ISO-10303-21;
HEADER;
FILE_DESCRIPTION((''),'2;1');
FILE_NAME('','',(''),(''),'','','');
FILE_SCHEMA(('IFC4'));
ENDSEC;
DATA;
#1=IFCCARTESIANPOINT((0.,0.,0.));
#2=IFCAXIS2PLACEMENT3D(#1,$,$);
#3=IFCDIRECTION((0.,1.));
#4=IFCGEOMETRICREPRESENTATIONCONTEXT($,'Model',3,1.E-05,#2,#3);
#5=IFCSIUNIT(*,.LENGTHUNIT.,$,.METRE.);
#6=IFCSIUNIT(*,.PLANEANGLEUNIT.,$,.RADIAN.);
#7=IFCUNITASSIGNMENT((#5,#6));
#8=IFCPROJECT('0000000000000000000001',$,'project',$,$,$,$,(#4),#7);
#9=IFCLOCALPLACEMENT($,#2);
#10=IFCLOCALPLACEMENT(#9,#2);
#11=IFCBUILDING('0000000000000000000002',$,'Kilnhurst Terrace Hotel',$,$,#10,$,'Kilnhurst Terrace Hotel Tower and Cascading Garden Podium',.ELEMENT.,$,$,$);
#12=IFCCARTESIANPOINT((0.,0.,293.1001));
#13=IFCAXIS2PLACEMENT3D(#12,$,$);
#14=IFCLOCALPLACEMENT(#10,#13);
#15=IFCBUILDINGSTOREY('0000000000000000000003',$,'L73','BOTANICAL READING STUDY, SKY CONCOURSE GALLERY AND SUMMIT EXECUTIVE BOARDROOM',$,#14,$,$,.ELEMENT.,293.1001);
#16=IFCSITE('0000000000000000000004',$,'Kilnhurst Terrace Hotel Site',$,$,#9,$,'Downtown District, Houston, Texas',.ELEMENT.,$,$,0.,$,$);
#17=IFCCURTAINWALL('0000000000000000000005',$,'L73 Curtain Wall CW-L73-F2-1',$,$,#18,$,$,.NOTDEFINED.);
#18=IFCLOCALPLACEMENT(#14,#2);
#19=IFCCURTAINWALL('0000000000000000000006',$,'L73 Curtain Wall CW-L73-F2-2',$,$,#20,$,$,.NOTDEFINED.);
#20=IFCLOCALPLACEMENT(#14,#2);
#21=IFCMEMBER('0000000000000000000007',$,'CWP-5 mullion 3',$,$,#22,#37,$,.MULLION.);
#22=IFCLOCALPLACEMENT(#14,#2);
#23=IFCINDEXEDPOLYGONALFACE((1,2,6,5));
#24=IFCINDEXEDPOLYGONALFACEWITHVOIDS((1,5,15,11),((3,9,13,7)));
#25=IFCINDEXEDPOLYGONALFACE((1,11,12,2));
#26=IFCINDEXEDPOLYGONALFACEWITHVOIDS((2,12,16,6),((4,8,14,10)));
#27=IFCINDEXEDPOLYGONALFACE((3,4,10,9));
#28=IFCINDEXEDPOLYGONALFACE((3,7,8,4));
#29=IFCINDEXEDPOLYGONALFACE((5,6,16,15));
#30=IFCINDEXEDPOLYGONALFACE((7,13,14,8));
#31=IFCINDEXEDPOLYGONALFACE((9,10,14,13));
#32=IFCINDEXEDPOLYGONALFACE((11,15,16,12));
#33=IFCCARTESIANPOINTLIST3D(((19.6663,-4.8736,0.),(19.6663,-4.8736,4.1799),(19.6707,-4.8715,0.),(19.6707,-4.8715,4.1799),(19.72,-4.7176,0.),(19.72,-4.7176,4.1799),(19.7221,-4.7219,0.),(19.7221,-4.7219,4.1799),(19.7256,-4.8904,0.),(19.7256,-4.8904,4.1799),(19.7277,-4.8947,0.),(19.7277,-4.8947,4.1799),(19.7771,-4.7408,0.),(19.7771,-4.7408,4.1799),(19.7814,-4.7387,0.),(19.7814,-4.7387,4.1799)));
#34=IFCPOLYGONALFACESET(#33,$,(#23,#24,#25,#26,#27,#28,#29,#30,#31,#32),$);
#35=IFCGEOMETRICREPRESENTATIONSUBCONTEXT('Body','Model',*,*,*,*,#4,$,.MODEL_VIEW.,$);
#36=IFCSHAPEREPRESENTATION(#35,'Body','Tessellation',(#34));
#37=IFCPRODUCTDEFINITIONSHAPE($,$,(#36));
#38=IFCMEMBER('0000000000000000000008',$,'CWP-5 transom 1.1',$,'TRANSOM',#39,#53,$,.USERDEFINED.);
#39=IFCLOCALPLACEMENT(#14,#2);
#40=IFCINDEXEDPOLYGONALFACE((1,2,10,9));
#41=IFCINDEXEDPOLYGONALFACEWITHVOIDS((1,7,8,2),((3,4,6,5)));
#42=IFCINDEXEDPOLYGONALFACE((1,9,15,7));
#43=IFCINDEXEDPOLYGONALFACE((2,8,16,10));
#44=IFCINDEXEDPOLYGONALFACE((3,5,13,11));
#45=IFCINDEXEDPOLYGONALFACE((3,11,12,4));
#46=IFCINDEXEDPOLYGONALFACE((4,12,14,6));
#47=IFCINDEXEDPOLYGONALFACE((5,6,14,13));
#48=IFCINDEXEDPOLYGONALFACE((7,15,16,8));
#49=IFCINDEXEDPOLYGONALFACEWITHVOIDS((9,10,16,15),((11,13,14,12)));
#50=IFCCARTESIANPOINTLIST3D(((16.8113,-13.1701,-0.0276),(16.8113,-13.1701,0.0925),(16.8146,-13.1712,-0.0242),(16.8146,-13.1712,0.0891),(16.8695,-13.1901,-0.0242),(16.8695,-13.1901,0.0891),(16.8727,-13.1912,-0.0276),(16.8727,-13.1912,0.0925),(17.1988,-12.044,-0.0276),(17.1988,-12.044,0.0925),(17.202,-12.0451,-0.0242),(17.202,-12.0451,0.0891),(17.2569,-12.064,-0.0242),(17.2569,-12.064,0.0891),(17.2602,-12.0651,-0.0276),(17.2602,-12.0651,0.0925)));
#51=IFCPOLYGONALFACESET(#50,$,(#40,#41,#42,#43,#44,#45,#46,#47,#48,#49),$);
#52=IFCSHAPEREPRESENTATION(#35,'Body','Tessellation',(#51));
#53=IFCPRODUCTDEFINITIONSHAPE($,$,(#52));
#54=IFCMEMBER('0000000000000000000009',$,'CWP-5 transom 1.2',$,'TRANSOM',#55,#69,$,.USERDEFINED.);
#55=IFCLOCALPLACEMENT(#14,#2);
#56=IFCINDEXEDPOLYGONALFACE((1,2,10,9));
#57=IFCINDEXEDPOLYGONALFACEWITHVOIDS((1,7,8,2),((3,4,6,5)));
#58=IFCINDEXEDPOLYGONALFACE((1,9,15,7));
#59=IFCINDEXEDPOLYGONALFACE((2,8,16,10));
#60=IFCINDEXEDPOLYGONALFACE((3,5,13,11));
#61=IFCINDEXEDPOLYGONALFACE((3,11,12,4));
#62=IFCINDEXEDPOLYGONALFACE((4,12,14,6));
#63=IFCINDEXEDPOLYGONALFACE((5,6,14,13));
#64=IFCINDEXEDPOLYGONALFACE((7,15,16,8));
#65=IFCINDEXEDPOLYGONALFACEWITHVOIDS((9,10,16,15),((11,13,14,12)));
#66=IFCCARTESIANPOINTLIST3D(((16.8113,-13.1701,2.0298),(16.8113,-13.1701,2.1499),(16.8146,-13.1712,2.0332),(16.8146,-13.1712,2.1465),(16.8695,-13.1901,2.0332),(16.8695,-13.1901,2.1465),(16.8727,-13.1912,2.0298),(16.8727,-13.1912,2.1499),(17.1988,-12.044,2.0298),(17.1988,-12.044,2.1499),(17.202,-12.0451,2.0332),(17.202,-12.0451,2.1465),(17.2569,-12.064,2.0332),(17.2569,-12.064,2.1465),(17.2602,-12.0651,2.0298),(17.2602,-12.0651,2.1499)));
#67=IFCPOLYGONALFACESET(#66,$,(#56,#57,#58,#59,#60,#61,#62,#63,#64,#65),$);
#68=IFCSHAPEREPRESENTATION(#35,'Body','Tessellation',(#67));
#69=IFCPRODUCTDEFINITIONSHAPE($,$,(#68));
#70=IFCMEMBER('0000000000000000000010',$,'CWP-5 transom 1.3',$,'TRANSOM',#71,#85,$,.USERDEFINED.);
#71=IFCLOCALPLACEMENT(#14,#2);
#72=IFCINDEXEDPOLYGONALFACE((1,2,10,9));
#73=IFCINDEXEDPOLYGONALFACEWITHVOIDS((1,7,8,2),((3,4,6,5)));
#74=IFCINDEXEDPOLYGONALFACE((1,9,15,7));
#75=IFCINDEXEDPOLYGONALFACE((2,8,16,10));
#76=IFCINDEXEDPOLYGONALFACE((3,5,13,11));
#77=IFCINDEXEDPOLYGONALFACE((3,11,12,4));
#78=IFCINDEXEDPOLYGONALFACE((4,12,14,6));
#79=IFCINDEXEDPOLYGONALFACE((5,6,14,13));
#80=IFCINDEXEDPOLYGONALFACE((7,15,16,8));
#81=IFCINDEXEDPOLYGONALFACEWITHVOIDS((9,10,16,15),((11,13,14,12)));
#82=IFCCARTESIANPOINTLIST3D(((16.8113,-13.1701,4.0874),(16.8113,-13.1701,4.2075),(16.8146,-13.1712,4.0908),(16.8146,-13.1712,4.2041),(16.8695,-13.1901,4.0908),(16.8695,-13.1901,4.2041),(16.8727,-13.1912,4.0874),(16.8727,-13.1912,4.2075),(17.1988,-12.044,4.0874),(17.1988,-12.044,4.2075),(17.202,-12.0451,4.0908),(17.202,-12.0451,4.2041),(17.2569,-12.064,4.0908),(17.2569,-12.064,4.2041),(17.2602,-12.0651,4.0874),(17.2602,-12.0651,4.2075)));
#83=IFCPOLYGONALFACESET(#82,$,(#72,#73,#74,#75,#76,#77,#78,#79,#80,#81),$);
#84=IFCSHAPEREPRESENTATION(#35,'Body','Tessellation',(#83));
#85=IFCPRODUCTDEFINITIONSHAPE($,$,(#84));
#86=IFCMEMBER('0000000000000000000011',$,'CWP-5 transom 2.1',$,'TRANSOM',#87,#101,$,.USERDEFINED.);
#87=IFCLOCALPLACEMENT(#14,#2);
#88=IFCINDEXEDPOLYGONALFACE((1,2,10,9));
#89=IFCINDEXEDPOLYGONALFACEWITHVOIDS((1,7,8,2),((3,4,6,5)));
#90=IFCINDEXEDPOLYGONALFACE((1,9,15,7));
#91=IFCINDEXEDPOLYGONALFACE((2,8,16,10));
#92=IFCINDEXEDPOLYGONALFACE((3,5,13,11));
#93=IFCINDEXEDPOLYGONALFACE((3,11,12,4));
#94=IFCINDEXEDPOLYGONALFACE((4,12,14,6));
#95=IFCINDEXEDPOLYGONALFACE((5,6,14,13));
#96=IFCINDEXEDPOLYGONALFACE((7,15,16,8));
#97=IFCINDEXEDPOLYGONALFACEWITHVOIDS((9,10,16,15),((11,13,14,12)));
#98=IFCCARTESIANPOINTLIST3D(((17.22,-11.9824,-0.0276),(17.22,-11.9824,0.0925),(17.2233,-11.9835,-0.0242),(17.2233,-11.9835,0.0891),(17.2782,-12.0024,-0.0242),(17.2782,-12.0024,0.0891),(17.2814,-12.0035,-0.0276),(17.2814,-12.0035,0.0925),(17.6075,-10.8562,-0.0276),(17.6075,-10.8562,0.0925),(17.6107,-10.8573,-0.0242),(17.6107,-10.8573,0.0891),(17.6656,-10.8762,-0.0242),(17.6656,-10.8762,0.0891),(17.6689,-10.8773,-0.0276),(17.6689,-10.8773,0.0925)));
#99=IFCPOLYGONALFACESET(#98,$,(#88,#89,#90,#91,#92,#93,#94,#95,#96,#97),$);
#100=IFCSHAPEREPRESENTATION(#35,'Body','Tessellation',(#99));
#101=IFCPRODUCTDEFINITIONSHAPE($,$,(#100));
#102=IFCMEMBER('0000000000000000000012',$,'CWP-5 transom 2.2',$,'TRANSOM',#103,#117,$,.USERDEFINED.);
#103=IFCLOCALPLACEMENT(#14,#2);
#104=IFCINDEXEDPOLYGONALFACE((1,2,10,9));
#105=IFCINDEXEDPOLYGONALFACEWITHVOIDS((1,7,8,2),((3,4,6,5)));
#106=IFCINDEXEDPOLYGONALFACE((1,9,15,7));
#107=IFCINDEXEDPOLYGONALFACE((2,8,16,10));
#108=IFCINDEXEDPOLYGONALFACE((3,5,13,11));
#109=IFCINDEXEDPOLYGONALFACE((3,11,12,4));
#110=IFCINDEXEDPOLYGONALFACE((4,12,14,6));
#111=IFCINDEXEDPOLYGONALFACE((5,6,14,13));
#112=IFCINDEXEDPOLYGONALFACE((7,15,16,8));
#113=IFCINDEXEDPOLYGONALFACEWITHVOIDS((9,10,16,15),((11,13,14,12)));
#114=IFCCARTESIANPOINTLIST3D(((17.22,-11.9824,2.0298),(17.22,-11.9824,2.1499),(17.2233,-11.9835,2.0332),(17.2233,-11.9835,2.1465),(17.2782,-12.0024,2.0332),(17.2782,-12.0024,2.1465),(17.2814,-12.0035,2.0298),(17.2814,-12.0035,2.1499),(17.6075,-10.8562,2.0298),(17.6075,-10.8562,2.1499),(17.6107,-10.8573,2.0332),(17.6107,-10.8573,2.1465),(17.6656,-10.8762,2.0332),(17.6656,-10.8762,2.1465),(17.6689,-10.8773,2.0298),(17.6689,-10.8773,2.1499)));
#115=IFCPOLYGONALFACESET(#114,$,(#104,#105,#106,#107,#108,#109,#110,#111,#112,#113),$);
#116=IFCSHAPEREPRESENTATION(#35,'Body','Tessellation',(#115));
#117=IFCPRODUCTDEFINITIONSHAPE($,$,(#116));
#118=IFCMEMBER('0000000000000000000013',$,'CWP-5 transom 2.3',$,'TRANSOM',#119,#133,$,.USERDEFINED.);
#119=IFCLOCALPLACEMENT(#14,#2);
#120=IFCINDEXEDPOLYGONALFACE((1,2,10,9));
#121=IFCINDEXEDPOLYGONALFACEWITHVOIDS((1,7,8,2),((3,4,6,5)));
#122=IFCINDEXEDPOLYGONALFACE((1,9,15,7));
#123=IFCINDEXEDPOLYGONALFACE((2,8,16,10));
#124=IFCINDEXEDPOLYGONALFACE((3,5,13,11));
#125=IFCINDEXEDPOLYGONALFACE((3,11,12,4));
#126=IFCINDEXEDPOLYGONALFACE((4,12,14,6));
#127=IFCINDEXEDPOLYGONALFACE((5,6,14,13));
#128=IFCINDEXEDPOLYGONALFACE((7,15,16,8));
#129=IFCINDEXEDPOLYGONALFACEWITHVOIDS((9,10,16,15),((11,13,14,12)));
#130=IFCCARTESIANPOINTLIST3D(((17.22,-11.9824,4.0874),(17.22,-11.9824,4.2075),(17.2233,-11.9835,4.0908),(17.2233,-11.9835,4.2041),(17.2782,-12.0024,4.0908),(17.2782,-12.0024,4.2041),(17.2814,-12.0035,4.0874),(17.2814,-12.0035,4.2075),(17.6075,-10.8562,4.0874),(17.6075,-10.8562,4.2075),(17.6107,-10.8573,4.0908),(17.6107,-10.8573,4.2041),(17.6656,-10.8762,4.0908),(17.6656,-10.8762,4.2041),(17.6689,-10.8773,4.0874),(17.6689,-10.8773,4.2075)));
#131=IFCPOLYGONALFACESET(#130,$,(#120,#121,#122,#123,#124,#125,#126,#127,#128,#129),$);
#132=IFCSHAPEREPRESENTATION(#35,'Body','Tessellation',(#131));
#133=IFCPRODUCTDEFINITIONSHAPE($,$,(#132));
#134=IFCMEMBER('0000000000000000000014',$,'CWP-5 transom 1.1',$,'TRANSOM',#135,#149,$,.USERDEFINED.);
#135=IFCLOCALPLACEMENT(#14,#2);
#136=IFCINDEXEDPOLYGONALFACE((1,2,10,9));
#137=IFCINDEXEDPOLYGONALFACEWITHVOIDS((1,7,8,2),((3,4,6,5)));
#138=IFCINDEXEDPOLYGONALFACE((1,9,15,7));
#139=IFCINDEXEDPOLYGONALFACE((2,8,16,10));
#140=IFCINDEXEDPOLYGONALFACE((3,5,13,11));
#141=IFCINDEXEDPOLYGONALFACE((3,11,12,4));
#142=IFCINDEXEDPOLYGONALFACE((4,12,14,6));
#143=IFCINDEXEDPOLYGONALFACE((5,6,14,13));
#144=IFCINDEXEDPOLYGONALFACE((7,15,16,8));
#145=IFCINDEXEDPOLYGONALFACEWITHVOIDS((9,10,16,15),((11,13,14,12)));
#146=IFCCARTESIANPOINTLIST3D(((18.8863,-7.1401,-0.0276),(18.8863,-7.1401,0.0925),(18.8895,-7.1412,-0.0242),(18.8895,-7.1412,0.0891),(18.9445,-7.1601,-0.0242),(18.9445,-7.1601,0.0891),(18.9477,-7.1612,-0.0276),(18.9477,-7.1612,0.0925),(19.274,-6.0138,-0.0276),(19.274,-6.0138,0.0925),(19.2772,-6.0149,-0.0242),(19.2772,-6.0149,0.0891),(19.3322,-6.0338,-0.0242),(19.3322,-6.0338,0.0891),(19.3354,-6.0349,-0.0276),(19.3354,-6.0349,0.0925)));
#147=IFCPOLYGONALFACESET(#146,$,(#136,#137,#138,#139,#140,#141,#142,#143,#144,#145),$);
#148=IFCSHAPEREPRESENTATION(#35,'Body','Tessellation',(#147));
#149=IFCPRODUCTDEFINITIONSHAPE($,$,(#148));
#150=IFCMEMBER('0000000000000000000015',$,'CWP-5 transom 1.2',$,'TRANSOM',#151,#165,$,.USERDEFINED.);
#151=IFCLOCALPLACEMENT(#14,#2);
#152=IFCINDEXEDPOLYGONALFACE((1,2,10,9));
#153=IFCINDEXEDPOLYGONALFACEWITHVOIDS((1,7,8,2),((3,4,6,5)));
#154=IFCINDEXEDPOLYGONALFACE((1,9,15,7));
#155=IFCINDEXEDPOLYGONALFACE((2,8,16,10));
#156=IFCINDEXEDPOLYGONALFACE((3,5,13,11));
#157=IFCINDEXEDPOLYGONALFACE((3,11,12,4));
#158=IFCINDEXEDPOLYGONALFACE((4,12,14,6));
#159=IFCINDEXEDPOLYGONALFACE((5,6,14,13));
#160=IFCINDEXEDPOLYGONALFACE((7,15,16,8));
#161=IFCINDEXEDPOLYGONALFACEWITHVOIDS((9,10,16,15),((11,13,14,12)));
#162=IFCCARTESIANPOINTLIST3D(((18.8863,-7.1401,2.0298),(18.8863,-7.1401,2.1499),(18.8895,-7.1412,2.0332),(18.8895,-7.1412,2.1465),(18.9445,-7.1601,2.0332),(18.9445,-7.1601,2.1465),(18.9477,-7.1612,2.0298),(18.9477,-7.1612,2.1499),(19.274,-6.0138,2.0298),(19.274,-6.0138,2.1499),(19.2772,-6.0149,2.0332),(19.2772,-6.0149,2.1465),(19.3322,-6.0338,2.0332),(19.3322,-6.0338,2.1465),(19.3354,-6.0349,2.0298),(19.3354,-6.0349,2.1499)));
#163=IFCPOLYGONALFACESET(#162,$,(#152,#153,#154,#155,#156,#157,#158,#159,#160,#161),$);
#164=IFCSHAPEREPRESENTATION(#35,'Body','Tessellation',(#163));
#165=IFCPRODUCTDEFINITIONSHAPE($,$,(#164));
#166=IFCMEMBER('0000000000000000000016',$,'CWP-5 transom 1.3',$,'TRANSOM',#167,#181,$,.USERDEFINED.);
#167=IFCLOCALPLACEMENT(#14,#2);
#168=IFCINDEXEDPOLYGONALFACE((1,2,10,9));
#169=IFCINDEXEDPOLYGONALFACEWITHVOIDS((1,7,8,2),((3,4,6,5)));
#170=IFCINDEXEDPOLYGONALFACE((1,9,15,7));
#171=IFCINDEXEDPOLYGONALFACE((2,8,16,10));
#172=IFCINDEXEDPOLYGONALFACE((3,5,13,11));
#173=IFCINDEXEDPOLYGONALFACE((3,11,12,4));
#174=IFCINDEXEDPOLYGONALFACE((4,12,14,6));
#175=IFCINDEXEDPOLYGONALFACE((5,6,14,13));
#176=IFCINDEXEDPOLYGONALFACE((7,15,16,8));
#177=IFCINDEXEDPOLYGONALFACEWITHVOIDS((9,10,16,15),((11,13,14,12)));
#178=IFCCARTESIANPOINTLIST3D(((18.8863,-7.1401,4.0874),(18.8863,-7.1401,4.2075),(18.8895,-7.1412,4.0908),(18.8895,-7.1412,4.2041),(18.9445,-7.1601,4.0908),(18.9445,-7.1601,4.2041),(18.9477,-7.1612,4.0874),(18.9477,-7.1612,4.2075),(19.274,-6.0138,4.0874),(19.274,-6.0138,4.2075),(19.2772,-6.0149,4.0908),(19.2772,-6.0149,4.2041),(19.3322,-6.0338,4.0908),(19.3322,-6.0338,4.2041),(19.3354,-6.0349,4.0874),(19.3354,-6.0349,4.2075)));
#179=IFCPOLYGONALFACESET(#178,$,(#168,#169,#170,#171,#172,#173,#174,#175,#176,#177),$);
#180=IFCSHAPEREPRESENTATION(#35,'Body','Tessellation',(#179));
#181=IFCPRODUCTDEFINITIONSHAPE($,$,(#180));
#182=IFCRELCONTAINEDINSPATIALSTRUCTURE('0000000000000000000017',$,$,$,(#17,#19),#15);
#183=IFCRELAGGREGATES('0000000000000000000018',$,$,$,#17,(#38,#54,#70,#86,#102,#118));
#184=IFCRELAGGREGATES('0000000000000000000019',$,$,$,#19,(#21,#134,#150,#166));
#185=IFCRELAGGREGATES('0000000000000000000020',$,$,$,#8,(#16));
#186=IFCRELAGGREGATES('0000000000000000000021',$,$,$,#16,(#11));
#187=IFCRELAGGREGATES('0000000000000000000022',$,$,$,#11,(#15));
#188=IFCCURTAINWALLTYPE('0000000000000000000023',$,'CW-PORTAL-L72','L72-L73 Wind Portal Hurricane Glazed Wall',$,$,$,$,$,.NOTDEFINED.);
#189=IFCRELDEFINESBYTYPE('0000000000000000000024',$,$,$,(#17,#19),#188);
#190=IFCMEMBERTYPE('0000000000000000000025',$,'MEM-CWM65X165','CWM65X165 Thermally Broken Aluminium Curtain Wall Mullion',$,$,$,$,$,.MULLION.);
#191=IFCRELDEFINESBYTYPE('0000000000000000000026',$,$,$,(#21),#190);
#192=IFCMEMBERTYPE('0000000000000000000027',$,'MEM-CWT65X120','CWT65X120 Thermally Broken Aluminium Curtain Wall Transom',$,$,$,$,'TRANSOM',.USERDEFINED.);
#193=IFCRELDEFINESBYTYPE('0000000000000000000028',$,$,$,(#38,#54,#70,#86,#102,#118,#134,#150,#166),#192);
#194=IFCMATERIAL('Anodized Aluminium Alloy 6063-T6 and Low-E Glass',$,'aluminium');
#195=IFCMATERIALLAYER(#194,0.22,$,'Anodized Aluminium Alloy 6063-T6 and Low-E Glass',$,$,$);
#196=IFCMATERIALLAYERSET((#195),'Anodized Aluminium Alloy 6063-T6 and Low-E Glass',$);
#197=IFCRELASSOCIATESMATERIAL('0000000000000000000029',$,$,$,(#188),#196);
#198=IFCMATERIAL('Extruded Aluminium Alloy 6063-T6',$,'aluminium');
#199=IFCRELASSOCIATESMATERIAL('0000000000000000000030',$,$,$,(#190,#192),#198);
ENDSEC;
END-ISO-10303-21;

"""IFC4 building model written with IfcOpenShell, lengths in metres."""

from ifc_helpers import new_model, si_unit, direction, frame, origin, origin_2d, place, context, subcontext, project, spatial, hollow_rectangle, extrude, material, layer, layer_set, material_profile, profile_set, type_object, element, aggregate, save


model = new_model("IFC4")

# Units and contexts
model_context = context("Model", 3, precision=1e-05, world=origin(), true_north=direction((0.0, 1.0)))
body_context = subcontext(model_context, "Body", "Model", "MODEL_VIEW")
ifc_project = project(units=[si_unit("LENGTHUNIT", "METRE"), si_unit("PLANEANGLEUNIT", "RADIAN")], contexts=[model_context])

# Site, building, storey
site_placement = place(None, origin())
site = spatial("IfcSite", under=ifc_project, at=site_placement, Name="Kilnhurst Terrace Hotel Site", LongName="Downtown District, Houston, Texas", CompositionType="ELEMENT", RefElevation=0.0)
building_placement = place(site_placement, origin())
building = spatial("IfcBuilding", under=site, at=building_placement, Name="Kilnhurst Terrace Hotel", LongName="Kilnhurst Terrace Hotel Tower and Cascading Garden Podium", CompositionType="ELEMENT")
storey_placement = place(building_placement, frame((0.0, 0.0, 293.1001)))
storey = spatial("IfcBuildingStorey", under=building, at=storey_placement, Name="L73", Description="BOTANICAL READING STUDY, SKY CONCOURSE GALLERY AND SUMMIT EXECUTIVE BOARDROOM", CompositionType="ELEMENT", Elevation=293.1001)

# Curtain walls, member
ifc_material_1 = material(Name="Anodized Aluminium Alloy 6063-T6 and Low-E Glass", Category="aluminium")
ifc_layer_1 = layer(ifc_material_1, 0.22, Name="Anodized Aluminium Alloy 6063-T6 and Low-E Glass")
ifc_layer_set_1 = layer_set([ifc_layer_1], Name="Anodized Aluminium Alloy 6063-T6 and Low-E Glass")
curtain_wall_type = type_object("IfcCurtainWallType", Name="CW-PORTAL-L72", Description="L72-L73 Wind Portal Hurricane Glazed Wall", PredefinedType="NOTDEFINED", material=ifc_layer_set_1)
curtain_wall_1_placement = place(storey_placement, origin())
curtain_wall_1 = element("IfcCurtainWall", 1, at=curtain_wall_1_placement, inside=storey, type_object=curtain_wall_type, Name="L73 Curtain Wall CW-L73-F2-1", PredefinedType="NOTDEFINED")
ifc_material_2 = material(Name="Extruded Aluminium Alloy 6063-T6", Category="aluminium")
ifc_material_profile_1 = material_profile(ifc_material_2, hollow_rectangle(XDim=0.0649, YDim=0.165, WallThickness=0.0034, at=origin_2d()), Name="CWM65X165")
ifc_profile_set_1 = profile_set([ifc_material_profile_1], Name="Extruded Aluminium Alloy 6063-T6")
member_type_1 = type_object("IfcMemberType", Name="MEM-CWM65X165", Description="CWM65X165 Thermally Broken Aluminium Curtain Wall Mullion", PredefinedType="MULLION", material=ifc_profile_set_1)
curtain_wall_2_placement = place(storey_placement, origin())
curtain_wall_2 = element("IfcCurtainWall", 2, at=curtain_wall_2_placement, inside=storey, type_object=curtain_wall_type, Name="L73 Curtain Wall CW-L73-F2-2", PredefinedType="NOTDEFINED")
member_1_placement = place(storey_placement, frame((19.7239, -4.8062, 0.0), z_axis=(0.0, 0.0, 1.0), x_axis=(-0.945581, 0.325387, 0.0)))
member_1 = element("IfcMember", 3, at=member_1_placement, type_object=member_type_1, Name="CWP-5 mullion 3", PredefinedType="MULLION", context=body_context, shape_type="SweptSolid", body=[
    extrude(hollow_rectangle(XDim=0.0649, YDim=0.165, WallThickness=0.0034, at=origin_2d()), origin(), (0.0, 0.0, 1.0), 4.1799),
])

# Members
ifc_material_profile_2 = material_profile(ifc_material_2, hollow_rectangle(XDim=0.0649, YDim=0.1201, WallThickness=0.0034, at=origin_2d()), Name="CWT65X120")
ifc_profile_set_2 = profile_set([ifc_material_profile_2], Name="Extruded Aluminium Alloy 6063-T6")
member_type_2 = type_object("IfcMemberType", Name="MEM-CWT65X120", Description="CWT65X120 Thermally Broken Aluminium Curtain Wall Transom", ElementType="TRANSOM", PredefinedType="USERDEFINED", material=ifc_profile_set_2)
member_2_placement = place(storey_placement, frame((16.842, -13.1807, 0.0325), z_axis=(0.325315, 0.945606, 0.0), x_axis=(-0.945606, 0.325315, 0.0)))
member_2 = element("IfcMember", 4, at=member_2_placement, type_object=member_type_2, Name="CWP-5 transom 1.1", ObjectType="TRANSOM", PredefinedType="USERDEFINED", context=body_context, shape_type="SweptSolid", body=[
    extrude(hollow_rectangle(XDim=0.0649, YDim=0.1201, WallThickness=0.0034, at=origin_2d()), origin(), (0.0, 0.0, 1.0), 1.1909),
])
member_3_placement = place(storey_placement, frame((16.842, -13.1807, 2.0898), z_axis=(0.325315, 0.945606, 0.0), x_axis=(-0.945606, 0.325315, 0.0)))
member_3 = element("IfcMember", 5, at=member_3_placement, type_object=member_type_2, Name="CWP-5 transom 1.2", ObjectType="TRANSOM", PredefinedType="USERDEFINED", context=body_context, shape_type="SweptSolid", body=[
    extrude(hollow_rectangle(XDim=0.0649, YDim=0.1201, WallThickness=0.0034, at=origin_2d()), origin(), (0.0, 0.0, 1.0), 1.1909),
])
member_4_placement = place(storey_placement, frame((16.842, -13.1807, 4.1475), z_axis=(0.325315, 0.945606, 0.0), x_axis=(-0.945606, 0.325315, 0.0)))
member_4 = element("IfcMember", 6, at=member_4_placement, type_object=member_type_2, Name="CWP-5 transom 1.3", ObjectType="TRANSOM", PredefinedType="USERDEFINED", context=body_context, shape_type="SweptSolid", body=[
    extrude(hollow_rectangle(XDim=0.0649, YDim=0.1201, WallThickness=0.0034, at=origin_2d()), origin(), (0.0, 0.0, 1.0), 1.1909),
])
member_5_placement = place(storey_placement, frame((17.2507, -11.9929, 0.0325), z_axis=(0.325315, 0.945606, 0.0), x_axis=(-0.945606, 0.325315, 0.0)))
member_5 = element("IfcMember", 7, at=member_5_placement, type_object=member_type_2, Name="CWP-5 transom 2.1", ObjectType="TRANSOM", PredefinedType="USERDEFINED", context=body_context, shape_type="SweptSolid", body=[
    extrude(hollow_rectangle(XDim=0.0649, YDim=0.1201, WallThickness=0.0034, at=origin_2d()), origin(), (0.0, 0.0, 1.0), 1.1909),
])
member_6_placement = place(storey_placement, frame((17.2507, -11.9929, 2.0898), z_axis=(0.325315, 0.945606, 0.0), x_axis=(-0.945606, 0.325315, 0.0)))
member_6 = element("IfcMember", 8, at=member_6_placement, type_object=member_type_2, Name="CWP-5 transom 2.2", ObjectType="TRANSOM", PredefinedType="USERDEFINED", context=body_context, shape_type="SweptSolid", body=[
    extrude(hollow_rectangle(XDim=0.0649, YDim=0.1201, WallThickness=0.0034, at=origin_2d()), origin(), (0.0, 0.0, 1.0), 1.1909),
])
member_7_placement = place(storey_placement, frame((17.2507, -11.9929, 4.1475), z_axis=(0.325315, 0.945606, 0.0), x_axis=(-0.945606, 0.325315, 0.0)))
member_7 = element("IfcMember", 9, at=member_7_placement, type_object=member_type_2, Name="CWP-5 transom 2.3", ObjectType="TRANSOM", PredefinedType="USERDEFINED", context=body_context, shape_type="SweptSolid", body=[
    extrude(hollow_rectangle(XDim=0.0649, YDim=0.1201, WallThickness=0.0034, at=origin_2d()), origin(), (0.0, 0.0, 1.0), 1.1909),
])
member_8_placement = place(storey_placement, frame((18.917, -7.1506, 0.0325), z_axis=(0.325498, 0.945543, 0.0), x_axis=(-0.945543, 0.325498, 0.0)))
member_8 = element("IfcMember", 10, at=member_8_placement, type_object=member_type_2, Name="CWP-5 transom 1.1", ObjectType="TRANSOM", PredefinedType="USERDEFINED", context=body_context, shape_type="SweptSolid", body=[
    extrude(hollow_rectangle(XDim=0.0649, YDim=0.1201, WallThickness=0.0034, at=origin_2d()), origin(), (0.0, 0.0, 1.0), 1.1912),
])
member_9_placement = place(storey_placement, frame((18.917, -7.1506, 2.0898), z_axis=(0.325498, 0.945543, 0.0), x_axis=(-0.945543, 0.325498, 0.0)))
member_9 = element("IfcMember", 11, at=member_9_placement, type_object=member_type_2, Name="CWP-5 transom 1.2", ObjectType="TRANSOM", PredefinedType="USERDEFINED", context=body_context, shape_type="SweptSolid", body=[
    extrude(hollow_rectangle(XDim=0.0649, YDim=0.1201, WallThickness=0.0034, at=origin_2d()), origin(), (0.0, 0.0, 1.0), 1.1912),
])
member_10_placement = place(storey_placement, frame((18.917, -7.1506, 4.1475), z_axis=(0.325498, 0.945543, 0.0), x_axis=(-0.945543, 0.325498, 0.0)))
member_10 = element("IfcMember", 12, at=member_10_placement, type_object=member_type_2, Name="CWP-5 transom 1.3", ObjectType="TRANSOM", PredefinedType="USERDEFINED", context=body_context, shape_type="SweptSolid", body=[
    extrude(hollow_rectangle(XDim=0.0649, YDim=0.1201, WallThickness=0.0034, at=origin_2d()), origin(), (0.0, 0.0, 1.0), 1.1912),
])

aggregate(curtain_wall_1, [member_2, member_3, member_4, member_5, member_6, member_7])
aggregate(curtain_wall_2, [member_1, member_8, member_9, member_10])

save(model, "model.ifc")
